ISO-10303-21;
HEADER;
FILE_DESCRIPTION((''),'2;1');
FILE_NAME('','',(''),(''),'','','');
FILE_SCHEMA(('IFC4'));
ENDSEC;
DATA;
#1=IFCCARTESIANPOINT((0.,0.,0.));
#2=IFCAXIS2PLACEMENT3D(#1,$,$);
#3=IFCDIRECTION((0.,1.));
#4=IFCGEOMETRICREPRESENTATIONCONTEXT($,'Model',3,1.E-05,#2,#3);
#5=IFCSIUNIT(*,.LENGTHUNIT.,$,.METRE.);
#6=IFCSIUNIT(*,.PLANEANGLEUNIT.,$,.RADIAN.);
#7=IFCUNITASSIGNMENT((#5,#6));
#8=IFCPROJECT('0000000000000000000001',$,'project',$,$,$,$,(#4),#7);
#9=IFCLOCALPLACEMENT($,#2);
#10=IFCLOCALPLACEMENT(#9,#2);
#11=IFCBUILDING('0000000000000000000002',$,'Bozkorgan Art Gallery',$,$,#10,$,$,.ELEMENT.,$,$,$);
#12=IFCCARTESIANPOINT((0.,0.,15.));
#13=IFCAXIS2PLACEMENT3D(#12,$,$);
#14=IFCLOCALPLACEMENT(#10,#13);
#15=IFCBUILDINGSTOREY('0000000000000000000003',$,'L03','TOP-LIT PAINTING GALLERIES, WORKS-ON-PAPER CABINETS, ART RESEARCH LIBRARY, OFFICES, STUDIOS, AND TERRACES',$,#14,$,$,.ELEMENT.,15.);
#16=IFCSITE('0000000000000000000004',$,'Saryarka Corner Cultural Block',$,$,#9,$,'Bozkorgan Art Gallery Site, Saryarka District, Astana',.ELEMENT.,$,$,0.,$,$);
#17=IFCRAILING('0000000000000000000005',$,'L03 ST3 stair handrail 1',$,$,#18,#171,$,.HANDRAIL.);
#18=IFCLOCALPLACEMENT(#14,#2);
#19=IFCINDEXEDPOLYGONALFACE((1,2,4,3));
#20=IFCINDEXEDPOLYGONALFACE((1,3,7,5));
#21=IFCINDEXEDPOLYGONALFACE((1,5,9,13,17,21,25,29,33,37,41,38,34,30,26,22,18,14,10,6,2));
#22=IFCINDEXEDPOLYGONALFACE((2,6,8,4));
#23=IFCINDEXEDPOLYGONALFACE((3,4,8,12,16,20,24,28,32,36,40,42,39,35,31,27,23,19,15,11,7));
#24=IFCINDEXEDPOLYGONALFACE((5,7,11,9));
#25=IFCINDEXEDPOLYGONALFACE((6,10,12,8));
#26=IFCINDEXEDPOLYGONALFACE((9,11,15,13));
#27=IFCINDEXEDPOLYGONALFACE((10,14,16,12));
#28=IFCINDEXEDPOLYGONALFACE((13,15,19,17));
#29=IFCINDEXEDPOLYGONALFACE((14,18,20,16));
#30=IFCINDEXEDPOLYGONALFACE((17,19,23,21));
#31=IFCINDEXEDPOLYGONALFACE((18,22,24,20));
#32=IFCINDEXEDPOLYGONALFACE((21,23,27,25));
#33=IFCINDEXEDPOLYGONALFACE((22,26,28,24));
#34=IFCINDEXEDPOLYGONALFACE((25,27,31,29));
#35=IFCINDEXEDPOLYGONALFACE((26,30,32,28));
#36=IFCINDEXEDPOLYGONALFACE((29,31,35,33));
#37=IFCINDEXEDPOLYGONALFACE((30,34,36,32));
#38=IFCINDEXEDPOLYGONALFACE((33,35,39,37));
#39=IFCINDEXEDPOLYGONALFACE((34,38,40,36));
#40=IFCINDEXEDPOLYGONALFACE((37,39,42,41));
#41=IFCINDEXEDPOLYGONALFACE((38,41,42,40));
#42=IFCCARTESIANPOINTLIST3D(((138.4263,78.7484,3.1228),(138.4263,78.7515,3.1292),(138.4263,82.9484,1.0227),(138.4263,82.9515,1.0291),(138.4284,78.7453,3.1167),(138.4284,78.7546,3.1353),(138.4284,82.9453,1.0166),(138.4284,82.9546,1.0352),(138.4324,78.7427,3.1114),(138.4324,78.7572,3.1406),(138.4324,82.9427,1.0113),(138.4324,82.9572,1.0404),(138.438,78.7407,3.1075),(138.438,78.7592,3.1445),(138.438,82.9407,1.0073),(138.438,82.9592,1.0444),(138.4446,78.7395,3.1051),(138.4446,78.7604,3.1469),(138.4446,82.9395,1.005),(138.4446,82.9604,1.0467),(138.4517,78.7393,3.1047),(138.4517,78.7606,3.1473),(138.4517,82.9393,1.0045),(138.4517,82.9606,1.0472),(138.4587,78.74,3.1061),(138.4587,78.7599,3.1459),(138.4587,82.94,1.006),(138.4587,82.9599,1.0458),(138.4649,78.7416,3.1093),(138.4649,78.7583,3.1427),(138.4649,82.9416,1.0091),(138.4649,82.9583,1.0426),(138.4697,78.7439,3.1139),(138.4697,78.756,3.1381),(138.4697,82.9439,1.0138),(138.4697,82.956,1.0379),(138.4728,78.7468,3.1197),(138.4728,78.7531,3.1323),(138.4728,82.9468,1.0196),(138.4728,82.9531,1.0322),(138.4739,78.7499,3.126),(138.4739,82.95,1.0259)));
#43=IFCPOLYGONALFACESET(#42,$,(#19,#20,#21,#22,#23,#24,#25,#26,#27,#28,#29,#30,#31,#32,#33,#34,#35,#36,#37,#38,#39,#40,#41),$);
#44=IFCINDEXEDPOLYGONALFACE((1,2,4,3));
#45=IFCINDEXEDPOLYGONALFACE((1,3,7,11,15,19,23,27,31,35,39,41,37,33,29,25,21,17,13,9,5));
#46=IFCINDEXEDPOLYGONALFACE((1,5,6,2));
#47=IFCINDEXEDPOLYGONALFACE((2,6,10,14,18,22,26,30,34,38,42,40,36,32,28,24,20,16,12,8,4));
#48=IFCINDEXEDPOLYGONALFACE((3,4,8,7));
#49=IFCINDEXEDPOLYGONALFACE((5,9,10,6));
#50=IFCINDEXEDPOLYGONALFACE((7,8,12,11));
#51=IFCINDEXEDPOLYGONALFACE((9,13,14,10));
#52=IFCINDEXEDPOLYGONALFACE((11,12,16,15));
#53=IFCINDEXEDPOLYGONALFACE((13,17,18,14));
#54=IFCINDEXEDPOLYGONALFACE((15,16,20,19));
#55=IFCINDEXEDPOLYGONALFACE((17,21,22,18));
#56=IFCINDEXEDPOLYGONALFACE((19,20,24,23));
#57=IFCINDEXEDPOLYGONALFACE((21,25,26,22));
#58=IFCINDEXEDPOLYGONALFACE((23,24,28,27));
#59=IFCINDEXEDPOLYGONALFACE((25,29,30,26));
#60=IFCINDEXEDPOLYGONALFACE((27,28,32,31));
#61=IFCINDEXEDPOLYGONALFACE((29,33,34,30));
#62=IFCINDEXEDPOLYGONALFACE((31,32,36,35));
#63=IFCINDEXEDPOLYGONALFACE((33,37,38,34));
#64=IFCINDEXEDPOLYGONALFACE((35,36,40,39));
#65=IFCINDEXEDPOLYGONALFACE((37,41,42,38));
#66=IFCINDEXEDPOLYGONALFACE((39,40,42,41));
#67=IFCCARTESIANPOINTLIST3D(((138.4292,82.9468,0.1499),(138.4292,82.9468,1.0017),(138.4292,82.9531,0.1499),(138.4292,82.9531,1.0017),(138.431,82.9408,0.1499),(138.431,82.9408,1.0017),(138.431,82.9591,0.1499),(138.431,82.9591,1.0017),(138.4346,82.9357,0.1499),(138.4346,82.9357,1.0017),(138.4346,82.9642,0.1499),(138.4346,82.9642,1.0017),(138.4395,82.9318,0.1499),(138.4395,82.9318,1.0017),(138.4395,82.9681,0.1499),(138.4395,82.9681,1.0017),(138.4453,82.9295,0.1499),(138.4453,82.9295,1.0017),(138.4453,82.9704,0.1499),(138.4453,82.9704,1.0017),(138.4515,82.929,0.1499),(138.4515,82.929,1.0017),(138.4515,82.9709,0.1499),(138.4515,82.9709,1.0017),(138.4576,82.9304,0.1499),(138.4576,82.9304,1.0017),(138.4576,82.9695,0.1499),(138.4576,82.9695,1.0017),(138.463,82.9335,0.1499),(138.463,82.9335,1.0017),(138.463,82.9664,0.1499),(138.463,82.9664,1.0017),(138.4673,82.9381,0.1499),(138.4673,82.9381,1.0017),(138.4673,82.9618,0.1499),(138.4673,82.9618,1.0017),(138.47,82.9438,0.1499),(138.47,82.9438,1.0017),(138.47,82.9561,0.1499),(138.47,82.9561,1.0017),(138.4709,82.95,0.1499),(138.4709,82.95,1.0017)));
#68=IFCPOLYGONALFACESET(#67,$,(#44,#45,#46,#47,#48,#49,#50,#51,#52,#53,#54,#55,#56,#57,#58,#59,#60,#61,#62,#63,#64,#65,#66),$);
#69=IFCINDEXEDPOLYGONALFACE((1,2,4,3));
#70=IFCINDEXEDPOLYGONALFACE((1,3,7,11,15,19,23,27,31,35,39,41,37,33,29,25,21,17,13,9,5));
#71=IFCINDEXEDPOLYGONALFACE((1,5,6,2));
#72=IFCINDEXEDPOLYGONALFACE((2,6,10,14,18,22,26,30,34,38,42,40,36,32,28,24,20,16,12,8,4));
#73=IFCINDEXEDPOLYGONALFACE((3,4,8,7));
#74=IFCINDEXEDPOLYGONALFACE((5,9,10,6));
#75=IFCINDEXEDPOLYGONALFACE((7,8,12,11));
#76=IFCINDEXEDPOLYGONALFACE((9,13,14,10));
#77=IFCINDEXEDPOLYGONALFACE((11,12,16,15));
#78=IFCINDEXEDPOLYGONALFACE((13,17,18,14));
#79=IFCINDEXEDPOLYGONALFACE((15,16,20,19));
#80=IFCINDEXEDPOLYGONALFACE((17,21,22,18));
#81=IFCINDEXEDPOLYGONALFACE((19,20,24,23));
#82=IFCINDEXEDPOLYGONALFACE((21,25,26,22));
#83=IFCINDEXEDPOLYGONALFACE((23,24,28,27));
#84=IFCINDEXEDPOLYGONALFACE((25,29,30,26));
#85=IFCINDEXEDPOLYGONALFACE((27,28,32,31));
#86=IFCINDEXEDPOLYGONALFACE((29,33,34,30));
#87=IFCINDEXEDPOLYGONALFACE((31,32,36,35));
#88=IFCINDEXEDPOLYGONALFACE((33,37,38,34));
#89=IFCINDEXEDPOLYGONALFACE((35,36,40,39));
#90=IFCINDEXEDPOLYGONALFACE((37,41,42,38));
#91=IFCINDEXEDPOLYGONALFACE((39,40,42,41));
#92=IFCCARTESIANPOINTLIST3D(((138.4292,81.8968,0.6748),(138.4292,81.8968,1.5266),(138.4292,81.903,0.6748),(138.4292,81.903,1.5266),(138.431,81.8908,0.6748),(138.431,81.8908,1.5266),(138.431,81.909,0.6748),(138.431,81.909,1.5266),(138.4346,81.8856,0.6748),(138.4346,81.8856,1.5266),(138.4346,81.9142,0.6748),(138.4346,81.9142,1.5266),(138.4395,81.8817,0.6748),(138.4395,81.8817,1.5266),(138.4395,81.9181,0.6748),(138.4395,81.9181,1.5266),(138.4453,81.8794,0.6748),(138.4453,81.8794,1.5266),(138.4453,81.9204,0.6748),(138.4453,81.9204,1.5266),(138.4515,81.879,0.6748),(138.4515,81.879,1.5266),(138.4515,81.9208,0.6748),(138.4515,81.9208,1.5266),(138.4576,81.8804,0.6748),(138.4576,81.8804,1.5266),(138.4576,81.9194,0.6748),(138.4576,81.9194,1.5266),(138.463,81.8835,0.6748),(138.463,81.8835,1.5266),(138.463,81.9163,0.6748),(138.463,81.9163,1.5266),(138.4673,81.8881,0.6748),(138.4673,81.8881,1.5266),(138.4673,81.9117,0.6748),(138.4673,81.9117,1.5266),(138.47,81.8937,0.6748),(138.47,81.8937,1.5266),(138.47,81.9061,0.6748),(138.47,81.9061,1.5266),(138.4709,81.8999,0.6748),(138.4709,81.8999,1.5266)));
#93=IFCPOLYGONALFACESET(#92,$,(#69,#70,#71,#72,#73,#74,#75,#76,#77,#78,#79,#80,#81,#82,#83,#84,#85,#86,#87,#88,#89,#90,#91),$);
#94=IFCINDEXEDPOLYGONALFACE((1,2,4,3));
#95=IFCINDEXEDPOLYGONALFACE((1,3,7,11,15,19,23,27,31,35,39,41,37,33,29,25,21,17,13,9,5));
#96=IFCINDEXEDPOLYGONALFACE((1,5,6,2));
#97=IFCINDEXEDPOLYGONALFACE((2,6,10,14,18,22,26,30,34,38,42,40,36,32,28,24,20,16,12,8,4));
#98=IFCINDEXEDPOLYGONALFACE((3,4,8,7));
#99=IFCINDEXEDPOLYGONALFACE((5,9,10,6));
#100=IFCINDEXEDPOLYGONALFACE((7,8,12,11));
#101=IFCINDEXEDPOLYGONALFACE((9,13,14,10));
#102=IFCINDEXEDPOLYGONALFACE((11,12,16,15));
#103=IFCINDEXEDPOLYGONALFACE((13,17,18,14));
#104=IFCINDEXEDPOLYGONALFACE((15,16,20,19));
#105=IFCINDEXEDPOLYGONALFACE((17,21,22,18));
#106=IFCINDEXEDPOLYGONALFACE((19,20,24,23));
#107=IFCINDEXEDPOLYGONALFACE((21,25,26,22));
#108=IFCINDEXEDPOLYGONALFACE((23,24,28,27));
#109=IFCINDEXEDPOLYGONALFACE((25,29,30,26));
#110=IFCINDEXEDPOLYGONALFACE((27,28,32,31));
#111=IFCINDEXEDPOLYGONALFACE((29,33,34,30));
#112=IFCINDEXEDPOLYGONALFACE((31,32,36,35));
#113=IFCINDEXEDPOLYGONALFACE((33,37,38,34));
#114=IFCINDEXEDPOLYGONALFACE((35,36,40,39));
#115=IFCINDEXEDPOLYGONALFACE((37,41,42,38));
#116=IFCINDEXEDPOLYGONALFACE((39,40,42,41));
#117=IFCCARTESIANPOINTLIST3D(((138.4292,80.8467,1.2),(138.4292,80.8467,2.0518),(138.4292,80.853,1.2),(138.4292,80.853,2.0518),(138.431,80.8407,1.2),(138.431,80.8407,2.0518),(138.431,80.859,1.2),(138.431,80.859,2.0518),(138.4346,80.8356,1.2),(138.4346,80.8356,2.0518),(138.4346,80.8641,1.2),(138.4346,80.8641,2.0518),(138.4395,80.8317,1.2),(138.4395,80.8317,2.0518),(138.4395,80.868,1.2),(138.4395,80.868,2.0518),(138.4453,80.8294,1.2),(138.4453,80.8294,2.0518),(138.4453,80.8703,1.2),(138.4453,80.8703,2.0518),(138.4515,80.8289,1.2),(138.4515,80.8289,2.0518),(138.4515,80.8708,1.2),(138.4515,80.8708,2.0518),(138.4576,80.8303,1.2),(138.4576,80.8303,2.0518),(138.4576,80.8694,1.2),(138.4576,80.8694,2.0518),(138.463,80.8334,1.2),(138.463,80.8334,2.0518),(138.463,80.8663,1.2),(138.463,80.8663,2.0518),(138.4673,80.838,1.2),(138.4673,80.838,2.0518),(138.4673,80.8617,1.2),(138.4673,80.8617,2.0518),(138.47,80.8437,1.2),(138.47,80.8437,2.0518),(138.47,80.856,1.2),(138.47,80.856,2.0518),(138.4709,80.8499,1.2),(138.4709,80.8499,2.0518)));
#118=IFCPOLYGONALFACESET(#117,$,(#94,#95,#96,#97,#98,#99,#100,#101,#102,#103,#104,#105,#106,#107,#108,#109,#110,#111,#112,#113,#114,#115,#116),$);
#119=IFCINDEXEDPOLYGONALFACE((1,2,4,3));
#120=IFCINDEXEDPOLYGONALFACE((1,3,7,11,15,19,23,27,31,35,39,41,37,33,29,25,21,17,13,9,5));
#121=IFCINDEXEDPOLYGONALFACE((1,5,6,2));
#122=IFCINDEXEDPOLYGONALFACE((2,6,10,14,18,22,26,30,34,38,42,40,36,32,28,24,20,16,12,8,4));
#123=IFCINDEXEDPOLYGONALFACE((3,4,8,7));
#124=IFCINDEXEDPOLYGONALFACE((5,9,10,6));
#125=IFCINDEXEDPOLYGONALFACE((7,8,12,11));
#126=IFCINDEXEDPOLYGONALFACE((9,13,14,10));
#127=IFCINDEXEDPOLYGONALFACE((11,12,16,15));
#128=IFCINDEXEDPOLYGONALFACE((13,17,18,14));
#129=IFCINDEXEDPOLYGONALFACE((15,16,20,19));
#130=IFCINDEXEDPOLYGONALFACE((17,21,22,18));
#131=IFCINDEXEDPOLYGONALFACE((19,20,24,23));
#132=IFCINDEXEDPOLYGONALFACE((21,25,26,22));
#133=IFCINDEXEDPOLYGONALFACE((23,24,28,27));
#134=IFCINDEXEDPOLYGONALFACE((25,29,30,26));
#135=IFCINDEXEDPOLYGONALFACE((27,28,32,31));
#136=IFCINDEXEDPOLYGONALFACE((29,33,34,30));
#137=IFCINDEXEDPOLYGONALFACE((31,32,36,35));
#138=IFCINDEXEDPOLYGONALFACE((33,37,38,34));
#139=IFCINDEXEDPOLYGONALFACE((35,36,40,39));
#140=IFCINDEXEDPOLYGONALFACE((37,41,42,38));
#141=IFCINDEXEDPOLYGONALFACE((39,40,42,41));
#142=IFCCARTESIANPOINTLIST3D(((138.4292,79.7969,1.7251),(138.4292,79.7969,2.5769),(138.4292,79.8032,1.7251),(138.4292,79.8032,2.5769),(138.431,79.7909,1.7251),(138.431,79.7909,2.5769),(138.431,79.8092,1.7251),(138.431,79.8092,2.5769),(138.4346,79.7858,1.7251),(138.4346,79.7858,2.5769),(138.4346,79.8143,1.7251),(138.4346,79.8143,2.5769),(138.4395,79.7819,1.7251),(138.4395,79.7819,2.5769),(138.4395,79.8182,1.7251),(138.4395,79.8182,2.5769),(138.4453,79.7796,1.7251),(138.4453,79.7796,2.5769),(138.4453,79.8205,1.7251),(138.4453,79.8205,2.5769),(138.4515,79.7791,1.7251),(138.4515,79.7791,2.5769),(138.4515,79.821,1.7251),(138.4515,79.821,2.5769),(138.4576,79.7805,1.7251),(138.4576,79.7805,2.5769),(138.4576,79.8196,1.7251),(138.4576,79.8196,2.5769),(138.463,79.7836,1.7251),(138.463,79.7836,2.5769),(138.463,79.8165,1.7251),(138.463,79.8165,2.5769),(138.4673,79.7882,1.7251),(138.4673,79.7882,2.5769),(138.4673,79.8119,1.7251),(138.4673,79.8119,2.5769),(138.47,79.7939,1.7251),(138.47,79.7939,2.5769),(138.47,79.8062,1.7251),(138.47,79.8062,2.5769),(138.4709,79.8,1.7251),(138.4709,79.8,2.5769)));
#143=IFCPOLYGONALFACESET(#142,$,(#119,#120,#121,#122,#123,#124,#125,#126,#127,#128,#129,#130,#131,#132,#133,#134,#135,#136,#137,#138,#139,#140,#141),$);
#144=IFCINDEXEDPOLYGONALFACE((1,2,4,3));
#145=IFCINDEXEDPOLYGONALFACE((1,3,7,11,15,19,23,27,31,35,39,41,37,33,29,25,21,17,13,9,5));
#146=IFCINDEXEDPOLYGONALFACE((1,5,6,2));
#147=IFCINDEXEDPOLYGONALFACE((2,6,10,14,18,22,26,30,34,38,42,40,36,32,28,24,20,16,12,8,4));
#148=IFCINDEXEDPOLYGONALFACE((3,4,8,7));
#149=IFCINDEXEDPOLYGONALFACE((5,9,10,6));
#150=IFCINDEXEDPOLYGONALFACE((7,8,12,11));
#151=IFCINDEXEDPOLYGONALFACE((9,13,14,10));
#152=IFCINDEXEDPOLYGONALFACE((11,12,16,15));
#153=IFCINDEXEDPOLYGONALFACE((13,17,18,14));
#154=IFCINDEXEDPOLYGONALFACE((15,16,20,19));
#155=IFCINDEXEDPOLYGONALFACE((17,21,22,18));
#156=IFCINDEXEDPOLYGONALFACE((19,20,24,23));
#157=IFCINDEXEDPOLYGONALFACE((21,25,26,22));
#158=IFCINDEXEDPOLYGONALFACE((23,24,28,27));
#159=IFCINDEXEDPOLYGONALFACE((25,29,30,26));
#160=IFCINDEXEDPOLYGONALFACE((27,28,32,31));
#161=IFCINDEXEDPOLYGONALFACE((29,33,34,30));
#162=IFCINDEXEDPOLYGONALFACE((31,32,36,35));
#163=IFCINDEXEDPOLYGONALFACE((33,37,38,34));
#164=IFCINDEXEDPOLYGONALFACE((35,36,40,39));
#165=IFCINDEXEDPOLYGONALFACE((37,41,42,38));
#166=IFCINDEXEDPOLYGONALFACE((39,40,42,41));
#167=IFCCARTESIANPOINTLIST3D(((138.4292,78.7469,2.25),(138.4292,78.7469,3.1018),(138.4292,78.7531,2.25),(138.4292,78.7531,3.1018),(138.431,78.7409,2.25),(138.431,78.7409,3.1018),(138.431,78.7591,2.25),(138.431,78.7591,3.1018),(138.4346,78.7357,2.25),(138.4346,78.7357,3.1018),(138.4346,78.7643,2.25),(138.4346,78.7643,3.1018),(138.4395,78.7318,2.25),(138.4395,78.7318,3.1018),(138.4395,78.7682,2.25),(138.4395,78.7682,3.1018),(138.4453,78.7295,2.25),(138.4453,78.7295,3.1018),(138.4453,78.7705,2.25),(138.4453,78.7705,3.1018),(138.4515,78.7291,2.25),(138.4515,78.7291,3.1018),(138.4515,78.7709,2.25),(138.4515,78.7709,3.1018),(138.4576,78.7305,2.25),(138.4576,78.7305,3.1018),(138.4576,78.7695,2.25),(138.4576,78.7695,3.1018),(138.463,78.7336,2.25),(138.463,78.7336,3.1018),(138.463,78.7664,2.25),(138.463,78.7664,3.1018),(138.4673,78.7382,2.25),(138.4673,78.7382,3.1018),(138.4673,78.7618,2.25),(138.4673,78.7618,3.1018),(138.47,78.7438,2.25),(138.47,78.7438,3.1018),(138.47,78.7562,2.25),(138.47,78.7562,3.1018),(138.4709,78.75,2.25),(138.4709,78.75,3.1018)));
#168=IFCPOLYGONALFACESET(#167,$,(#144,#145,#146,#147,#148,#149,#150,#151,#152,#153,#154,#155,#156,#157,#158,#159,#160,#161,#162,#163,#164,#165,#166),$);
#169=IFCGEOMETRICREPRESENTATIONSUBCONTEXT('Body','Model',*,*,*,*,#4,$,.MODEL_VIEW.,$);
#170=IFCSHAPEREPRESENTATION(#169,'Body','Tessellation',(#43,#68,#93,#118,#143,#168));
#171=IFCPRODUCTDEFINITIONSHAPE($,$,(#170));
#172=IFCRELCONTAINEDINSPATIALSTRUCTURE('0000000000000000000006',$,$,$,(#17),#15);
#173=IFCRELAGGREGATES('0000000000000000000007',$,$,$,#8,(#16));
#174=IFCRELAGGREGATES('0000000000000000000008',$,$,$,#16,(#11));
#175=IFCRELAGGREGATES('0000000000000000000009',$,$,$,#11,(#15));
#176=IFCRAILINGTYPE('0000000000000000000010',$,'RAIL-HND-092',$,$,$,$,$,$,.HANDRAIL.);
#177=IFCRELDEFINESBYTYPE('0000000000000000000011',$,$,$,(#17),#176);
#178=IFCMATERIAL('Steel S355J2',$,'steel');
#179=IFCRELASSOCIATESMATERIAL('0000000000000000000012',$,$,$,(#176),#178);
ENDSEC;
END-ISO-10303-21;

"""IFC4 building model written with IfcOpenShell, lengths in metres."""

from ifc_helpers import new_model, si_unit, direction, frame, origin, origin_2d, place, context, subcontext, project, spatial, circle, extrude, material, type_object, element, save


model = new_model("IFC4")

# Units and contexts
model_context = context("Model", 3, precision=1e-05, world=origin(), true_north=direction((0.0, 1.0)))
body_context = subcontext(model_context, "Body", "Model", "MODEL_VIEW")
ifc_project = project(units=[si_unit("LENGTHUNIT", "METRE"), si_unit("PLANEANGLEUNIT", "RADIAN")], contexts=[model_context])

# Site, building, storey
site_placement = place(None, origin())
site = spatial("IfcSite", under=ifc_project, at=site_placement, Name="Saryarka Corner Cultural Block", LongName="Bozkorgan Art Gallery Site, Saryarka District, Astana", CompositionType="ELEMENT", RefElevation=0.0)
building_placement = place(site_placement, origin())
building = spatial("IfcBuilding", under=site, at=building_placement, Name="Bozkorgan Art Gallery", CompositionType="ELEMENT")
storey_placement = place(building_placement, frame((0.0, 0.0, 15.0)))
storey = spatial("IfcBuildingStorey", under=building, at=storey_placement, Name="L03", Description="TOP-LIT PAINTING GALLERIES, WORKS-ON-PAPER CABINETS, ART RESEARCH LIBRARY, OFFICES, STUDIOS, AND TERRACES", CompositionType="ELEMENT", Elevation=15.0)

# Shared definitions
ifc_material_1 = material(Name="Steel S355J2", Category="steel")

# Railing
railing_type_1 = type_object("IfcRailingType", Name="RAIL-HND-092", PredefinedType="HANDRAIL", material=ifc_material_1)
railing_1_placement = place(storey_placement, frame((138.45, 82.95, 0.1499)))
element("IfcRailing", 1, at=railing_1_placement, inside=storey, type_object=railing_type_1, Name="L03 ST3 stair handrail 1", PredefinedType="HANDRAIL", context=body_context, shape_type="SweptSolid", body=[
    extrude(circle(Radius=0.0239, at=origin_2d()), frame((0.0, 0.0, 0.876), z_axis=(0.0, -0.894417, 0.447234), x_axis=(1.0, 0.0, 0.0)), (0.0, 0.0, 1.0), 4.6958),
    extrude(circle(Radius=0.021, at=origin_2d()), origin(), (0.0, 0.0, 1.0), 0.8518),
    extrude(circle(Radius=0.021, at=origin_2d()), frame((0.0, -1.05, 0.5249)), (0.0, 0.0, 1.0), 0.8518),
    extrude(circle(Radius=0.021, at=origin_2d()), frame((0.0, -2.1001, 1.05)), (0.0, 0.0, 1.0), 0.8518),
    extrude(circle(Radius=0.021, at=origin_2d()), frame((0.0, -3.1499, 1.5752)), (0.0, 0.0, 1.0), 0.8518),
    extrude(circle(Radius=0.021, at=origin_2d()), frame((0.0, -4.2, 2.1001)), (0.0, 0.0, 1.0), 0.8518),
])

save(model, "model.ifc")
